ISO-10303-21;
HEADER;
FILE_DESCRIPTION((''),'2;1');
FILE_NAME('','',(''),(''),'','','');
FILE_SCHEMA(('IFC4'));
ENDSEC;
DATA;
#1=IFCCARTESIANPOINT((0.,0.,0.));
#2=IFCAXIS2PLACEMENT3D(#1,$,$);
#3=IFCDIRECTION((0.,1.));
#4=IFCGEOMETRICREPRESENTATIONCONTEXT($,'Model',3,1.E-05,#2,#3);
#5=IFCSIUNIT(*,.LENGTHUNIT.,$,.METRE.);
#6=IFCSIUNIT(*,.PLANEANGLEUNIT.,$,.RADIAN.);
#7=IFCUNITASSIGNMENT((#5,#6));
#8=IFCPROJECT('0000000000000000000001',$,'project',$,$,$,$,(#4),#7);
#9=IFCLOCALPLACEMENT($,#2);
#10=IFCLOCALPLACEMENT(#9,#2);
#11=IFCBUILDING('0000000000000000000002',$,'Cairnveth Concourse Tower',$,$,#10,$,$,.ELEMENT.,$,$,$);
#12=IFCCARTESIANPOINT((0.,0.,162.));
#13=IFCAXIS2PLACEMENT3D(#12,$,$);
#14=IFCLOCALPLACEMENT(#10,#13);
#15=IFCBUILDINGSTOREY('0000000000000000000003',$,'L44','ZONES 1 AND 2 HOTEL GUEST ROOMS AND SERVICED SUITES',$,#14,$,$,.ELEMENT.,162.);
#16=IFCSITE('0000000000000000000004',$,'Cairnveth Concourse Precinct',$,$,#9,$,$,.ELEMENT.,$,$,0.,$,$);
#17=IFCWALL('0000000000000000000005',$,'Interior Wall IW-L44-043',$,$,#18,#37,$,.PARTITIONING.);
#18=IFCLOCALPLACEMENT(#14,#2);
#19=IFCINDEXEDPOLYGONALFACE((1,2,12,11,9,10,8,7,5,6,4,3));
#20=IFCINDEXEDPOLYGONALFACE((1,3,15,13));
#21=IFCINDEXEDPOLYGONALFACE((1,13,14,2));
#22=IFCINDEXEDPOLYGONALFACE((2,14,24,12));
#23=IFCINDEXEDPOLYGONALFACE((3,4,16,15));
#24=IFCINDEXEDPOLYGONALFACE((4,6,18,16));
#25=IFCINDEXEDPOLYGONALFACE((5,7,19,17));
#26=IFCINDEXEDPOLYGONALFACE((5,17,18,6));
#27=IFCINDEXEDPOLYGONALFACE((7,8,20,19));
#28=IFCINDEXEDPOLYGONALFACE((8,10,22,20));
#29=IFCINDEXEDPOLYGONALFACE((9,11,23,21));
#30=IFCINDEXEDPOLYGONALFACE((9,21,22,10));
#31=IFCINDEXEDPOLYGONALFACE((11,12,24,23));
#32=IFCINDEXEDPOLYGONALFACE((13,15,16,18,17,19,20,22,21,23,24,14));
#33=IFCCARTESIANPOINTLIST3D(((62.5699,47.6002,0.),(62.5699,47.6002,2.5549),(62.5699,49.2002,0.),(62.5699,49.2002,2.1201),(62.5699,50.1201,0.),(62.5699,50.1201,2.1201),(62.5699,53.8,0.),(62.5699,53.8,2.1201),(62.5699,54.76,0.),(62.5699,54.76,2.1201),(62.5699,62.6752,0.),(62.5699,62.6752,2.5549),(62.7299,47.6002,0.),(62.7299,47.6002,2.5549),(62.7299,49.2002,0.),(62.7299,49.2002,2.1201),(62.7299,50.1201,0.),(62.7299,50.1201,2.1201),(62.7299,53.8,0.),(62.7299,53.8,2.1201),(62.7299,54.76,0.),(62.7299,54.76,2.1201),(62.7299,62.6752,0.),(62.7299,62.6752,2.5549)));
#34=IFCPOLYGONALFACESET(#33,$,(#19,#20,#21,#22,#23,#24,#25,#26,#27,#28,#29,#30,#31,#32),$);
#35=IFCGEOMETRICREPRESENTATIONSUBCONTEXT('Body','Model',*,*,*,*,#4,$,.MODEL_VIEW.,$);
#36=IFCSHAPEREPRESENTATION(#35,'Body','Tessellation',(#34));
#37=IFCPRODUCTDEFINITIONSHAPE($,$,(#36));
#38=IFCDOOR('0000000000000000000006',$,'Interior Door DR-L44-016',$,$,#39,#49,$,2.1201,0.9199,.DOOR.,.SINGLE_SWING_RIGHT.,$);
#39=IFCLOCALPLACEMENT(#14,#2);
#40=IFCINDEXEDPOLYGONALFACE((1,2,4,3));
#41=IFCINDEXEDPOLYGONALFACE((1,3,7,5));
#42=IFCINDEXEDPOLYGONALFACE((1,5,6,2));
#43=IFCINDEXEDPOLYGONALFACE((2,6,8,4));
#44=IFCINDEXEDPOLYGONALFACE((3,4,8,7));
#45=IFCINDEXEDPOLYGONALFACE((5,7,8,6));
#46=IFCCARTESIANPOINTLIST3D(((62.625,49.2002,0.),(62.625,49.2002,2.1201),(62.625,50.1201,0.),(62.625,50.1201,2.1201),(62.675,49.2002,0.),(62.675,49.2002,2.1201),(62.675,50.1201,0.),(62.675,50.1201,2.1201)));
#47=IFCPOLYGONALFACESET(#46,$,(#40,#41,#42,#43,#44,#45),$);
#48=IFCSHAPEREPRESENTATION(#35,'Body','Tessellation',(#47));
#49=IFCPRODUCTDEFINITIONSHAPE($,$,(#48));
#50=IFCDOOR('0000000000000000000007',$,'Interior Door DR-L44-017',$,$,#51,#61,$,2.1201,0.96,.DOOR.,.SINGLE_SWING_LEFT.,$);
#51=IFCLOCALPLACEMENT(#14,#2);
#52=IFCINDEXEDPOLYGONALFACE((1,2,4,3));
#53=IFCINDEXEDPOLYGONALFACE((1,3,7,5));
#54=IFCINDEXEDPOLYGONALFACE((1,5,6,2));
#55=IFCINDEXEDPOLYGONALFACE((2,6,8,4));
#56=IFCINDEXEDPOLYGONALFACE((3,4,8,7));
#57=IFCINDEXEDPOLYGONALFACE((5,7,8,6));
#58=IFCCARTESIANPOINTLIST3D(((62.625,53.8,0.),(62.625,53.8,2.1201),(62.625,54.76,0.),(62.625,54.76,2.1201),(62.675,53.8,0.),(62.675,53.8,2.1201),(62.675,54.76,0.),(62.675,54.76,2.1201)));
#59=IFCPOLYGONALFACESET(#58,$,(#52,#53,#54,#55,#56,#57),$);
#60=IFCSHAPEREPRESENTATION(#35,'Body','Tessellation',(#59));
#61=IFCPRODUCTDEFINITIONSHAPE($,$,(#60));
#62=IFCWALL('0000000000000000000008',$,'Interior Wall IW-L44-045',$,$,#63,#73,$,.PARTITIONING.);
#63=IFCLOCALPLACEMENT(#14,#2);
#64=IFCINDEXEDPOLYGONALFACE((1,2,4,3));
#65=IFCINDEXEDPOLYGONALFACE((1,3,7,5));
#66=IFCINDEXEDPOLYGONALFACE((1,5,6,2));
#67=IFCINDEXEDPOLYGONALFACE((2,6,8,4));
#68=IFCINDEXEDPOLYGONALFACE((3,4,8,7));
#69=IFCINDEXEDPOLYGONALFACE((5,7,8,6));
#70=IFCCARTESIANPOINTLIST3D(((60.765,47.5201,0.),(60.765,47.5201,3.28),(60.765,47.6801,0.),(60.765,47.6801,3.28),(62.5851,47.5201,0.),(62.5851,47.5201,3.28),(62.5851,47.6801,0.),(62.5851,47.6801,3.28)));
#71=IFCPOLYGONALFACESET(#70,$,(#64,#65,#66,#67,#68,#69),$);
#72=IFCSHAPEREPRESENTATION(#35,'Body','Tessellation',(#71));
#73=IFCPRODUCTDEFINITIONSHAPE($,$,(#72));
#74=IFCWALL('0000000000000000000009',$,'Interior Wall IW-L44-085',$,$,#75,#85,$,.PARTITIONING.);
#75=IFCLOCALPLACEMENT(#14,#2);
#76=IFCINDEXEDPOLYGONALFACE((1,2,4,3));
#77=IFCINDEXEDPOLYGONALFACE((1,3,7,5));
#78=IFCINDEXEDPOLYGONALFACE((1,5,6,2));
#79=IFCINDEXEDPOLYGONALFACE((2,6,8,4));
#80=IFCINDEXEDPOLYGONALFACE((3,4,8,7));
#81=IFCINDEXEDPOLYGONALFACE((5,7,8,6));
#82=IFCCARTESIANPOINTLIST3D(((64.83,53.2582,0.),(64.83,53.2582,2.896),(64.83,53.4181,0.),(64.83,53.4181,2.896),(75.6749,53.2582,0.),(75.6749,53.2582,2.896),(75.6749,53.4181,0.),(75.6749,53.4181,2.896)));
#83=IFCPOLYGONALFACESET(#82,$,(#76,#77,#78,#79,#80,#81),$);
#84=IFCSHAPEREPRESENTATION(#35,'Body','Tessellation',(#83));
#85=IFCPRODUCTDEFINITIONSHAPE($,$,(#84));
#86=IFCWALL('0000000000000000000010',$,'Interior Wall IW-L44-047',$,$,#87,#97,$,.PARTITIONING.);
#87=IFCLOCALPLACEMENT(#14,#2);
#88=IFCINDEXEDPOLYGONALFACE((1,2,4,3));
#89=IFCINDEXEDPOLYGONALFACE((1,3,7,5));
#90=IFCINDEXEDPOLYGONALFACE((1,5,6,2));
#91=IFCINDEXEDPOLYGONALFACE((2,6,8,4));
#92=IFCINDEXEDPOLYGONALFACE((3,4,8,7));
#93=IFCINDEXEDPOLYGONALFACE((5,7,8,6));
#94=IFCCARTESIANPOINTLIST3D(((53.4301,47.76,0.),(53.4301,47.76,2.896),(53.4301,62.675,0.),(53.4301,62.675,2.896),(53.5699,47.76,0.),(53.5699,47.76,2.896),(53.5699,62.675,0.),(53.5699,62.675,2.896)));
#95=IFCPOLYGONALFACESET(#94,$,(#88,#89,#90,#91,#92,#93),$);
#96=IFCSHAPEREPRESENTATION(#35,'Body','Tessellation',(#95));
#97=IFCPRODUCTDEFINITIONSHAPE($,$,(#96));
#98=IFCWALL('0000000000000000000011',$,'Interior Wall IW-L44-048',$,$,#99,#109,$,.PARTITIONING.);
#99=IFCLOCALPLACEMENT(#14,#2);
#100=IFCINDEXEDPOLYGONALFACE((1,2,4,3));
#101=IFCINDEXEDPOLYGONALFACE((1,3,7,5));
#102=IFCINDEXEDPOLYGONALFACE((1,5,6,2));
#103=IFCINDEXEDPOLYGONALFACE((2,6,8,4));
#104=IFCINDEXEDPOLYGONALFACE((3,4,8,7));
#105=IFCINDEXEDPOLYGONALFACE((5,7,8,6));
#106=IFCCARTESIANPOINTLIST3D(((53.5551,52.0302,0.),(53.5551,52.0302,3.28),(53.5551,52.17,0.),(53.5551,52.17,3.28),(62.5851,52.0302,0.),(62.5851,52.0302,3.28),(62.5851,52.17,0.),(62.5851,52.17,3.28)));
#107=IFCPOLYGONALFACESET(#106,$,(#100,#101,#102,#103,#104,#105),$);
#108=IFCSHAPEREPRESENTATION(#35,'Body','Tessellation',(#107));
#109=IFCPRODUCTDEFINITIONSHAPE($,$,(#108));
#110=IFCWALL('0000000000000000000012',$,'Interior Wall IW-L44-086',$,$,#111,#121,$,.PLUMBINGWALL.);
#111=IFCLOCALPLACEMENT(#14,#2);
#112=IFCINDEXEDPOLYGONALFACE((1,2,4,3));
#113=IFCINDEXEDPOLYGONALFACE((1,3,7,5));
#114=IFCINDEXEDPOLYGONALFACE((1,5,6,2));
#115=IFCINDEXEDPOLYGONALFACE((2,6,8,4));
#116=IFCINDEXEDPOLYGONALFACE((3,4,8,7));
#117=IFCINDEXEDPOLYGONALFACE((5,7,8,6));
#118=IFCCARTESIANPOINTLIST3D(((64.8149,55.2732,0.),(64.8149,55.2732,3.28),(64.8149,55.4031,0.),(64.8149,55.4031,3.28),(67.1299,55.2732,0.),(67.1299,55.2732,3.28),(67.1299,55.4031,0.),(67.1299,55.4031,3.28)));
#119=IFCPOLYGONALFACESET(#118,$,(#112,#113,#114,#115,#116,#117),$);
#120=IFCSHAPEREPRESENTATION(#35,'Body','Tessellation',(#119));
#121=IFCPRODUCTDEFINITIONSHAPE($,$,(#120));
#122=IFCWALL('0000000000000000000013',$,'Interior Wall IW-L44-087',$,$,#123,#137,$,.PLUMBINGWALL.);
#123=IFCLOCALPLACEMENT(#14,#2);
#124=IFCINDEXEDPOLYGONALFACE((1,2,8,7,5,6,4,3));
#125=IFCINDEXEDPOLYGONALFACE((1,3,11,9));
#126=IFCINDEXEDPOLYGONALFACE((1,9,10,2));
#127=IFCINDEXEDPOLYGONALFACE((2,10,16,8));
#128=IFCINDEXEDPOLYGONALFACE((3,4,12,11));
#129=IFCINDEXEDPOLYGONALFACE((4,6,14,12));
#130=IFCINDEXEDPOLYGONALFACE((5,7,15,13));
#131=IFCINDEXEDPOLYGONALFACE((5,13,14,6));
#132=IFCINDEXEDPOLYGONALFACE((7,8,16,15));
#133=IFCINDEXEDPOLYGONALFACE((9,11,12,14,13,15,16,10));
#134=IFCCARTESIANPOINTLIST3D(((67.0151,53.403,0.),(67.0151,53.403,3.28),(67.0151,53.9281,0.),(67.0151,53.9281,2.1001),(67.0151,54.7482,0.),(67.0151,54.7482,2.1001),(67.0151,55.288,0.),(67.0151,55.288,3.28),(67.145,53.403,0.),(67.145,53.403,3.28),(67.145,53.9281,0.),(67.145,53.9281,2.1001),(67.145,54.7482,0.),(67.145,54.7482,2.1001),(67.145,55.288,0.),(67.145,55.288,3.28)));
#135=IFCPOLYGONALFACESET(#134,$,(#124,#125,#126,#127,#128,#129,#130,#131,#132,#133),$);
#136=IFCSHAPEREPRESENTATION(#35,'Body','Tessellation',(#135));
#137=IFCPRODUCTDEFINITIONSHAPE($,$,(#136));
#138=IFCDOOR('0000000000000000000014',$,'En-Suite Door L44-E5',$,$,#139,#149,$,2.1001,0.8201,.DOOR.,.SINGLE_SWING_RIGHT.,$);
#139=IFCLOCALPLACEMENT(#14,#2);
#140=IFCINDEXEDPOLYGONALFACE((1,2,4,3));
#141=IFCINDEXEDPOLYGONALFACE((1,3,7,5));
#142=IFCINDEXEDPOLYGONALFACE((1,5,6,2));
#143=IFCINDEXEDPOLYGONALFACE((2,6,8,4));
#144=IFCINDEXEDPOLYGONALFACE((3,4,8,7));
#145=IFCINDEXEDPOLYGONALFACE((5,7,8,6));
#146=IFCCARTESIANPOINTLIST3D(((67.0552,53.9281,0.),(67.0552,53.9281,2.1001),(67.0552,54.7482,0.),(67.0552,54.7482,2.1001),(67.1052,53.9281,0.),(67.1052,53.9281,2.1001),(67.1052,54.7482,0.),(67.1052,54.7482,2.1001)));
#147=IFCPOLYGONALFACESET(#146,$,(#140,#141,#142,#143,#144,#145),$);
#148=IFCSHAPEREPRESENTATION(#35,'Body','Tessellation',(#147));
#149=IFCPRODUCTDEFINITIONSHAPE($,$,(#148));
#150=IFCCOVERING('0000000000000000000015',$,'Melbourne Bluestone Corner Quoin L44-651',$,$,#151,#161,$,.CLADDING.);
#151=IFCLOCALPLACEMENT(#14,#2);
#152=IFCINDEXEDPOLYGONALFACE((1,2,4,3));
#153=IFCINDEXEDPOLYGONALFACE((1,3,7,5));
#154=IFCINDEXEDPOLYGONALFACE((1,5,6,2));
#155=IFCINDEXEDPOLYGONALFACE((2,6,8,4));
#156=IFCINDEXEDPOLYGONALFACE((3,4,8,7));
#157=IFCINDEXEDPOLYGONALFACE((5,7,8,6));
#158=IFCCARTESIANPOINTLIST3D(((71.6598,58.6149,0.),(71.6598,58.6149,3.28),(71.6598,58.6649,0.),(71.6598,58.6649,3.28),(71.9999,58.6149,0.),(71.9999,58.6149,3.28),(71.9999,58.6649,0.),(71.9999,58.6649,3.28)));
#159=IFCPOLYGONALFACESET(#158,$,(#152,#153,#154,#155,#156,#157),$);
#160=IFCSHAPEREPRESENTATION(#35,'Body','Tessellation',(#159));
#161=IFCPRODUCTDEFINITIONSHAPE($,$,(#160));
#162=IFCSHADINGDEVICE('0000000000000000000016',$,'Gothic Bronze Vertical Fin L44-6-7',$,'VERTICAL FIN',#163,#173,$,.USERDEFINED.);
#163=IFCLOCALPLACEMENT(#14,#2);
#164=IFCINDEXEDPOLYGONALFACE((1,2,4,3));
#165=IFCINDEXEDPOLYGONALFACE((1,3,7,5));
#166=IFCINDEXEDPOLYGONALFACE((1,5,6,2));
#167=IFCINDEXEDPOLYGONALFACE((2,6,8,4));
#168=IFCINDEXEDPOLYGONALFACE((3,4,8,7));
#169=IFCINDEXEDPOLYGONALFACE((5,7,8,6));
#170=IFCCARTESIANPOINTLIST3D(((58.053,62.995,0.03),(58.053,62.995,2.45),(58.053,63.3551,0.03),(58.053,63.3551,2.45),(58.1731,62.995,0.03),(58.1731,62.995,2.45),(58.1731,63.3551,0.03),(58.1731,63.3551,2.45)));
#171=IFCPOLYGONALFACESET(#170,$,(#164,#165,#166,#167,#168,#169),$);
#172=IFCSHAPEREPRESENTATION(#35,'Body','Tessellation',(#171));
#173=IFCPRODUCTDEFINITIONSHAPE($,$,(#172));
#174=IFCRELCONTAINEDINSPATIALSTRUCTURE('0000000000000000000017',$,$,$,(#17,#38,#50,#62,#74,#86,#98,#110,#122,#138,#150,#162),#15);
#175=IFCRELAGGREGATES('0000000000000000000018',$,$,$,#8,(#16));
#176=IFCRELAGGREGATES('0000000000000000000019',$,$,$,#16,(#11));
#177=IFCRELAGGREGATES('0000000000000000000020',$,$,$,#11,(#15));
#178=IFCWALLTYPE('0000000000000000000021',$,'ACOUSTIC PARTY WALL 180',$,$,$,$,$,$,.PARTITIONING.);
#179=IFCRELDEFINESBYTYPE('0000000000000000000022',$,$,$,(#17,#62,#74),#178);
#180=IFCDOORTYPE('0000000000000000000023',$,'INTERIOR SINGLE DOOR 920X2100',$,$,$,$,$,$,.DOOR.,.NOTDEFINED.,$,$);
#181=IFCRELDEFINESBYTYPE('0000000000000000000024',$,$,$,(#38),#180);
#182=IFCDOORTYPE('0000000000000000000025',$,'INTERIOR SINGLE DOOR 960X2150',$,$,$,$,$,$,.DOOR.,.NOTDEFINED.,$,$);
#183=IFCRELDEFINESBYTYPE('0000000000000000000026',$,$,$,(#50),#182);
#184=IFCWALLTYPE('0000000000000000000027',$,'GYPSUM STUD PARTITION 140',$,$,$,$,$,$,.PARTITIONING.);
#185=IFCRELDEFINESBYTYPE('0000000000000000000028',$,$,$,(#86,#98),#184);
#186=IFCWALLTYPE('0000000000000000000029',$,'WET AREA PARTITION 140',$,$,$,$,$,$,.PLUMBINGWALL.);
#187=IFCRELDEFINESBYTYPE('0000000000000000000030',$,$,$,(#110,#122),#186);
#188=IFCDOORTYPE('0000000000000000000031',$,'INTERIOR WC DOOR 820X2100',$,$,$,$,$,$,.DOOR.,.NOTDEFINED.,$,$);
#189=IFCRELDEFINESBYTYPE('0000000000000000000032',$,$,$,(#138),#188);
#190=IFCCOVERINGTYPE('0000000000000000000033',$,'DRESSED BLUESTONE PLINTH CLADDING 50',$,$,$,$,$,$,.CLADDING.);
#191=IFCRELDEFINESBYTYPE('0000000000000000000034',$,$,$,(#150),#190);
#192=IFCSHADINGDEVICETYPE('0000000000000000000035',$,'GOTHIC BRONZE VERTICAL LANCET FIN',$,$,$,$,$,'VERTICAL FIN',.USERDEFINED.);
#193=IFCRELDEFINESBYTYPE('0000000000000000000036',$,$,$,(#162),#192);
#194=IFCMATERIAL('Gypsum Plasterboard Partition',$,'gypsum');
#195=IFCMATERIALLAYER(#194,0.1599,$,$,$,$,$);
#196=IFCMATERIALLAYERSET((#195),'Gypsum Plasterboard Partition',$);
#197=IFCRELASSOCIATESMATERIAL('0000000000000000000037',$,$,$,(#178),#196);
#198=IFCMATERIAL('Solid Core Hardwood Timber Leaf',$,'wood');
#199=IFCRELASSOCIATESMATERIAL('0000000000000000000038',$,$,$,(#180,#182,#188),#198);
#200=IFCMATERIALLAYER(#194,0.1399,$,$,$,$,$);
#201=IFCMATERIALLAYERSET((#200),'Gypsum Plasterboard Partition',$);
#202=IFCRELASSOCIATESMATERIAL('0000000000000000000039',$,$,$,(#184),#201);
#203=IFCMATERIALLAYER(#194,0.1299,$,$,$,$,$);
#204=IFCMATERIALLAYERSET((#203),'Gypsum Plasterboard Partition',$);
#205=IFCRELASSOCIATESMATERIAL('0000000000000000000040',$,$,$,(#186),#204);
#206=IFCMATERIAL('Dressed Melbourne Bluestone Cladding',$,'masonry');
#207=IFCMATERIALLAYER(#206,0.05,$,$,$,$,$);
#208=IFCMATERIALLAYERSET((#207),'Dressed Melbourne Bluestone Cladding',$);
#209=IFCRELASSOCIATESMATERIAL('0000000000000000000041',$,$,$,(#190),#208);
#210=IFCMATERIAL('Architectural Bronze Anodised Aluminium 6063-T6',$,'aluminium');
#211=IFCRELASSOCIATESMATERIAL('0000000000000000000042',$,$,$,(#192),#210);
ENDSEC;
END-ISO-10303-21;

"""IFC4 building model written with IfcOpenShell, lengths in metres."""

from ifc_helpers import new_model, si_unit, direction, frame, frame_2d, origin, origin_2d, place, context, subcontext, project, spatial, rectangle, extrude, material, layer, layer_set, type_object, element, fill, save


model = new_model("IFC4")

# Units and contexts
model_context = context("Model", 3, precision=1e-05, world=origin(), true_north=direction((0.0, 1.0)))
body_context = subcontext(model_context, "Body", "Model", "MODEL_VIEW")
ifc_project = project(units=[si_unit("LENGTHUNIT", "METRE"), si_unit("PLANEANGLEUNIT", "RADIAN")], contexts=[model_context])

# Site, building, storey
site_placement = place(None, origin())
site = spatial("IfcSite", under=ifc_project, at=site_placement, Name="Cairnveth Concourse Precinct", CompositionType="ELEMENT", RefElevation=0.0)
building_placement = place(site_placement, origin())
building = spatial("IfcBuilding", under=site, at=building_placement, Name="Cairnveth Concourse Tower", CompositionType="ELEMENT")
storey_placement = place(building_placement, frame((0.0, 0.0, 162.0)))
storey = spatial("IfcBuildingStorey", under=building, at=storey_placement, Name="L44", Description="ZONES 1 AND 2 HOTEL GUEST ROOMS AND SERVICED SUITES", CompositionType="ELEMENT", Elevation=162.0)

# Wall, openings, doors
ifc_material_1 = material(Name="Gypsum Plasterboard Partition", Category="gypsum")
ifc_layer_1 = layer(ifc_material_1, 0.1599)
ifc_layer_set_1 = layer_set([ifc_layer_1], Name="Gypsum Plasterboard Partition")
wall_type_1 = type_object("IfcWallType", Name="ACOUSTIC PARTY WALL 180", PredefinedType="PARTITIONING", material=ifc_layer_set_1)
wall_1_placement = place(storey_placement, frame((62.6499, 47.6001, 0.0), z_axis=(0.0, 0.0, 1.0), x_axis=(0.0, 1.0, 0.0)))
wall_1 = element("IfcWall", 1, at=wall_1_placement, inside=storey, type_object=wall_type_1, Name="Interior Wall IW-L44-043", PredefinedType="PARTITIONING", context=body_context, shape_type="SweptSolid", body=[
    extrude(rectangle(XDim=15.075, YDim=0.1599, at=frame_2d((7.5376, 0.0))), origin(), (0.0, 0.0, 1.0), 2.5549),
])
opening_1_placement = place(wall_1_placement, frame((1.6001, 0.0, 0.0)))
opening_1 = element("IfcOpeningElement", 2, at=opening_1_placement, cuts=wall_1, PredefinedType="OPENING", context=body_context, shape_type="SweptSolid", body=[
    extrude(rectangle(XDim=0.9199, YDim=2.1201, at=frame_2d((0.46, 1.0601))), frame((0.0, 0.0898, 0.0), z_axis=(0.0, -1.0, 0.0), x_axis=(1.0, 0.0, 0.0)), (0.0, 0.0, 1.0), 0.1799),
])
opening_2_placement = place(wall_1_placement, frame((6.2, 0.0, 0.0)))
opening_2 = element("IfcOpeningElement", 3, at=opening_2_placement, cuts=wall_1, PredefinedType="OPENING", context=body_context, shape_type="SweptSolid", body=[
    extrude(rectangle(XDim=0.96, YDim=2.1201, at=frame_2d((0.48, 1.0601))), frame((0.0, 0.0898, 0.0), z_axis=(0.0, -1.0, 0.0), x_axis=(1.0, 0.0, 0.0)), (0.0, 0.0, 1.0), 0.1799),
])
ifc_material_2 = material(Name="Solid Core Hardwood Timber Leaf", Category="wood")
door_type_1 = type_object("IfcDoorType", Name="INTERIOR SINGLE DOOR 920X2100", OperationType="NOTDEFINED", PredefinedType="DOOR", material=ifc_material_2)
door_1_placement = place(opening_1_placement, origin())
door_1 = element("IfcDoor", 4, at=door_1_placement, inside=storey, type_object=door_type_1, Name="Interior Door DR-L44-016", OperationType="SINGLE_SWING_RIGHT", OverallHeight=2.1201, OverallWidth=0.9199, PredefinedType="DOOR", context=body_context, shape_type="SweptSolid", body=[
    extrude(rectangle(XDim=0.9199, YDim=2.1201, at=frame_2d((0.46, 1.0601))), frame((0.0, 0.0249, 0.0), z_axis=(0.0, -1.0, 0.0), x_axis=(1.0, 0.0, 0.0)), (0.0, 0.0, 1.0), 0.05),
])
fill(opening_1, door_1)
door_type_2 = type_object("IfcDoorType", Name="INTERIOR SINGLE DOOR 960X2150", OperationType="NOTDEFINED", PredefinedType="DOOR", material=ifc_material_2)
door_2_placement = place(opening_2_placement, origin())
door_2 = element("IfcDoor", 5, at=door_2_placement, inside=storey, type_object=door_type_2, Name="Interior Door DR-L44-017", OperationType="SINGLE_SWING_LEFT", OverallHeight=2.1201, OverallWidth=0.96, PredefinedType="DOOR", context=body_context, shape_type="SweptSolid", body=[
    extrude(rectangle(XDim=0.96, YDim=2.1201, at=frame_2d((0.48, 1.0601))), frame((0.0, 0.0249, 0.0), z_axis=(0.0, -1.0, 0.0), x_axis=(1.0, 0.0, 0.0)), (0.0, 0.0, 1.0), 0.05),
])
fill(opening_2, door_2)

# Walls
wall_2_placement = place(storey_placement, frame((60.7649, 47.6001, 0.0), z_axis=(0.0, 0.0, 1.0), x_axis=(1.0, 0.0, 0.0)))
element("IfcWall", 6, at=wall_2_placement, inside=storey, type_object=wall_type_1, Name="Interior Wall IW-L44-045", PredefinedType="PARTITIONING", context=body_context, shape_type="SweptSolid", body=[
    extrude(rectangle(XDim=1.8201, YDim=0.1599, at=frame_2d((0.9102, 0.0))), origin(), (0.0, 0.0, 1.0), 3.28),
])
wall_3_placement = place(storey_placement, frame((64.8301, 53.3381, 0.0), z_axis=(0.0, 0.0, 1.0), x_axis=(1.0, 0.0, 0.0)))
element("IfcWall", 7, at=wall_3_placement, inside=storey, type_object=wall_type_1, Name="Interior Wall IW-L44-085", PredefinedType="PARTITIONING", context=body_context, shape_type="SweptSolid", body=[
    extrude(rectangle(XDim=10.845, YDim=0.1599, at=frame_2d((5.4224, 0.0))), origin(), (0.0, 0.0, 1.0), 2.896),
])
ifc_layer_2 = layer(ifc_material_1, 0.1399)
ifc_layer_set_2 = layer_set([ifc_layer_2], Name="Gypsum Plasterboard Partition")
wall_type_2 = type_object("IfcWallType", Name="GYPSUM STUD PARTITION 140", PredefinedType="PARTITIONING", material=ifc_layer_set_2)
wall_4_placement = place(storey_placement, frame((53.5, 47.76, 0.0), z_axis=(0.0, 0.0, 1.0), x_axis=(0.0, 1.0, 0.0)))
element("IfcWall", 8, at=wall_4_placement, inside=storey, type_object=wall_type_2, Name="Interior Wall IW-L44-047", PredefinedType="PARTITIONING", context=body_context, shape_type="SweptSolid", body=[
    extrude(rectangle(XDim=14.915, YDim=0.1399, at=frame_2d((7.4575, 0.0))), origin(), (0.0, 0.0, 1.0), 2.896),
])
wall_5_placement = place(storey_placement, frame((53.5549, 52.1001, 0.0), z_axis=(0.0, 0.0, 1.0), x_axis=(1.0, 0.0, 0.0)))
element("IfcWall", 9, at=wall_5_placement, inside=storey, type_object=wall_type_2, Name="Interior Wall IW-L44-048", PredefinedType="PARTITIONING", context=body_context, shape_type="SweptSolid", body=[
    extrude(rectangle(XDim=9.03, YDim=0.1399, at=frame_2d((4.5151, 0.0))), origin(), (0.0, 0.0, 1.0), 3.28),
])
ifc_layer_3 = layer(ifc_material_1, 0.1299)
ifc_layer_set_3 = layer_set([ifc_layer_3], Name="Gypsum Plasterboard Partition")
wall_type_3 = type_object("IfcWallType", Name="WET AREA PARTITION 140", PredefinedType="PLUMBINGWALL", material=ifc_layer_set_3)
wall_6_placement = place(storey_placement, frame((64.8149, 55.3381, 0.0), z_axis=(0.0, 0.0, 1.0), x_axis=(1.0, 0.0, 0.0)))
element("IfcWall", 10, at=wall_6_placement, inside=storey, type_object=wall_type_3, Name="Interior Wall IW-L44-086", PredefinedType="PLUMBINGWALL", context=body_context, shape_type="SweptSolid", body=[
    extrude(rectangle(XDim=2.3149, YDim=0.1299, at=frame_2d((1.1575, 0.0))), origin(), (0.0, 0.0, 1.0), 3.28),
])

# Wall, opening, door
wall_7_placement = place(storey_placement, frame((67.0801, 53.4031, 0.0), z_axis=(0.0, 0.0, 1.0), x_axis=(0.0, 1.0, 0.0)))
wall_7 = element("IfcWall", 11, at=wall_7_placement, inside=storey, type_object=wall_type_3, Name="Interior Wall IW-L44-087", PredefinedType="PLUMBINGWALL", context=body_context, shape_type="SweptSolid", body=[
    extrude(rectangle(XDim=1.885, YDim=0.1299, at=frame_2d((0.9424, 0.0))), origin(), (0.0, 0.0, 1.0), 3.28),
])
opening_3_placement = place(wall_7_placement, frame((0.5249, 0.0, 0.0)))
opening_3 = element("IfcOpeningElement", 12, at=opening_3_placement, cuts=wall_7, PredefinedType="OPENING", context=body_context, shape_type="SweptSolid", body=[
    extrude(rectangle(XDim=0.8201, YDim=2.1001, at=frame_2d((0.4102, 1.05))), frame((0.0, 0.075, 0.0), z_axis=(0.0, -1.0, 0.0), x_axis=(1.0, 0.0, 0.0)), (0.0, 0.0, 1.0), 0.1499),
])
door_type_3 = type_object("IfcDoorType", Name="INTERIOR WC DOOR 820X2100", OperationType="NOTDEFINED", PredefinedType="DOOR", material=ifc_material_2)
door_3_placement = place(opening_3_placement, origin())
door_3 = element("IfcDoor", 13, at=door_3_placement, inside=storey, type_object=door_type_3, Name="En-Suite Door L44-E5", OperationType="SINGLE_SWING_RIGHT", OverallHeight=2.1001, OverallWidth=0.8201, PredefinedType="DOOR", context=body_context, shape_type="SweptSolid", body=[
    extrude(rectangle(XDim=0.8201, YDim=2.1001, at=frame_2d((0.4102, 1.05))), frame((0.0, 0.0249, 0.0), z_axis=(0.0, -1.0, 0.0), x_axis=(1.0, 0.0, 0.0)), (0.0, 0.0, 1.0), 0.05),
])
fill(opening_3, door_3)

# Covering
ifc_material_3 = material(Name="Dressed Melbourne Bluestone Cladding", Category="masonry")
ifc_layer_4 = layer(ifc_material_3, 0.05)
ifc_layer_set_4 = layer_set([ifc_layer_4], Name="Dressed Melbourne Bluestone Cladding")
covering_type = type_object("IfcCoveringType", Name="DRESSED BLUESTONE PLINTH CLADDING 50", PredefinedType="CLADDING", material=ifc_layer_set_4)
covering_placement = place(storey_placement, frame((71.6599, 58.6399, 0.0), z_axis=(0.0, 0.0, 1.0), x_axis=(1.0, 0.0, 0.0)))
element("IfcCovering", 14, at=covering_placement, inside=storey, type_object=covering_type, Name="Melbourne Bluestone Corner Quoin L44-651", PredefinedType="CLADDING", context=body_context, shape_type="SweptSolid", body=[
    extrude(rectangle(XDim=0.3401, YDim=0.05, at=frame_2d((0.1699, 0.0))), origin(), (0.0, 0.0, 1.0), 3.28),
])

# Shading device
ifc_material_4 = material(Name="Architectural Bronze Anodised Aluminium 6063-T6", Category="aluminium")
shading_device_type = type_object("IfcShadingDeviceType", Name="GOTHIC BRONZE VERTICAL LANCET FIN", ElementType="VERTICAL FIN", PredefinedType="USERDEFINED", material=ifc_material_4)
for number, where, z_axis, x_axis, name in (
    (15, (58.113, 63.175, 0.03), (0.0, 0.0, 1.0), (1.0, 0.0, 0.0), "Gothic Bronze Vertical Fin L44-6-7"),
):
    element("IfcShadingDevice", number, at=place(storey_placement, frame(where, z_axis=z_axis, x_axis=x_axis)), inside=storey, type_object=shading_device_type, Name=name, ObjectType="VERTICAL FIN", PredefinedType="USERDEFINED", context=body_context, shape_type="SweptSolid", body=[
        extrude(rectangle(XDim=0.1201, YDim=0.3601, at=origin_2d()), origin(), (0.0, 0.0, 1.0), 2.4199),
    ])

save(model, "model.ifc")
